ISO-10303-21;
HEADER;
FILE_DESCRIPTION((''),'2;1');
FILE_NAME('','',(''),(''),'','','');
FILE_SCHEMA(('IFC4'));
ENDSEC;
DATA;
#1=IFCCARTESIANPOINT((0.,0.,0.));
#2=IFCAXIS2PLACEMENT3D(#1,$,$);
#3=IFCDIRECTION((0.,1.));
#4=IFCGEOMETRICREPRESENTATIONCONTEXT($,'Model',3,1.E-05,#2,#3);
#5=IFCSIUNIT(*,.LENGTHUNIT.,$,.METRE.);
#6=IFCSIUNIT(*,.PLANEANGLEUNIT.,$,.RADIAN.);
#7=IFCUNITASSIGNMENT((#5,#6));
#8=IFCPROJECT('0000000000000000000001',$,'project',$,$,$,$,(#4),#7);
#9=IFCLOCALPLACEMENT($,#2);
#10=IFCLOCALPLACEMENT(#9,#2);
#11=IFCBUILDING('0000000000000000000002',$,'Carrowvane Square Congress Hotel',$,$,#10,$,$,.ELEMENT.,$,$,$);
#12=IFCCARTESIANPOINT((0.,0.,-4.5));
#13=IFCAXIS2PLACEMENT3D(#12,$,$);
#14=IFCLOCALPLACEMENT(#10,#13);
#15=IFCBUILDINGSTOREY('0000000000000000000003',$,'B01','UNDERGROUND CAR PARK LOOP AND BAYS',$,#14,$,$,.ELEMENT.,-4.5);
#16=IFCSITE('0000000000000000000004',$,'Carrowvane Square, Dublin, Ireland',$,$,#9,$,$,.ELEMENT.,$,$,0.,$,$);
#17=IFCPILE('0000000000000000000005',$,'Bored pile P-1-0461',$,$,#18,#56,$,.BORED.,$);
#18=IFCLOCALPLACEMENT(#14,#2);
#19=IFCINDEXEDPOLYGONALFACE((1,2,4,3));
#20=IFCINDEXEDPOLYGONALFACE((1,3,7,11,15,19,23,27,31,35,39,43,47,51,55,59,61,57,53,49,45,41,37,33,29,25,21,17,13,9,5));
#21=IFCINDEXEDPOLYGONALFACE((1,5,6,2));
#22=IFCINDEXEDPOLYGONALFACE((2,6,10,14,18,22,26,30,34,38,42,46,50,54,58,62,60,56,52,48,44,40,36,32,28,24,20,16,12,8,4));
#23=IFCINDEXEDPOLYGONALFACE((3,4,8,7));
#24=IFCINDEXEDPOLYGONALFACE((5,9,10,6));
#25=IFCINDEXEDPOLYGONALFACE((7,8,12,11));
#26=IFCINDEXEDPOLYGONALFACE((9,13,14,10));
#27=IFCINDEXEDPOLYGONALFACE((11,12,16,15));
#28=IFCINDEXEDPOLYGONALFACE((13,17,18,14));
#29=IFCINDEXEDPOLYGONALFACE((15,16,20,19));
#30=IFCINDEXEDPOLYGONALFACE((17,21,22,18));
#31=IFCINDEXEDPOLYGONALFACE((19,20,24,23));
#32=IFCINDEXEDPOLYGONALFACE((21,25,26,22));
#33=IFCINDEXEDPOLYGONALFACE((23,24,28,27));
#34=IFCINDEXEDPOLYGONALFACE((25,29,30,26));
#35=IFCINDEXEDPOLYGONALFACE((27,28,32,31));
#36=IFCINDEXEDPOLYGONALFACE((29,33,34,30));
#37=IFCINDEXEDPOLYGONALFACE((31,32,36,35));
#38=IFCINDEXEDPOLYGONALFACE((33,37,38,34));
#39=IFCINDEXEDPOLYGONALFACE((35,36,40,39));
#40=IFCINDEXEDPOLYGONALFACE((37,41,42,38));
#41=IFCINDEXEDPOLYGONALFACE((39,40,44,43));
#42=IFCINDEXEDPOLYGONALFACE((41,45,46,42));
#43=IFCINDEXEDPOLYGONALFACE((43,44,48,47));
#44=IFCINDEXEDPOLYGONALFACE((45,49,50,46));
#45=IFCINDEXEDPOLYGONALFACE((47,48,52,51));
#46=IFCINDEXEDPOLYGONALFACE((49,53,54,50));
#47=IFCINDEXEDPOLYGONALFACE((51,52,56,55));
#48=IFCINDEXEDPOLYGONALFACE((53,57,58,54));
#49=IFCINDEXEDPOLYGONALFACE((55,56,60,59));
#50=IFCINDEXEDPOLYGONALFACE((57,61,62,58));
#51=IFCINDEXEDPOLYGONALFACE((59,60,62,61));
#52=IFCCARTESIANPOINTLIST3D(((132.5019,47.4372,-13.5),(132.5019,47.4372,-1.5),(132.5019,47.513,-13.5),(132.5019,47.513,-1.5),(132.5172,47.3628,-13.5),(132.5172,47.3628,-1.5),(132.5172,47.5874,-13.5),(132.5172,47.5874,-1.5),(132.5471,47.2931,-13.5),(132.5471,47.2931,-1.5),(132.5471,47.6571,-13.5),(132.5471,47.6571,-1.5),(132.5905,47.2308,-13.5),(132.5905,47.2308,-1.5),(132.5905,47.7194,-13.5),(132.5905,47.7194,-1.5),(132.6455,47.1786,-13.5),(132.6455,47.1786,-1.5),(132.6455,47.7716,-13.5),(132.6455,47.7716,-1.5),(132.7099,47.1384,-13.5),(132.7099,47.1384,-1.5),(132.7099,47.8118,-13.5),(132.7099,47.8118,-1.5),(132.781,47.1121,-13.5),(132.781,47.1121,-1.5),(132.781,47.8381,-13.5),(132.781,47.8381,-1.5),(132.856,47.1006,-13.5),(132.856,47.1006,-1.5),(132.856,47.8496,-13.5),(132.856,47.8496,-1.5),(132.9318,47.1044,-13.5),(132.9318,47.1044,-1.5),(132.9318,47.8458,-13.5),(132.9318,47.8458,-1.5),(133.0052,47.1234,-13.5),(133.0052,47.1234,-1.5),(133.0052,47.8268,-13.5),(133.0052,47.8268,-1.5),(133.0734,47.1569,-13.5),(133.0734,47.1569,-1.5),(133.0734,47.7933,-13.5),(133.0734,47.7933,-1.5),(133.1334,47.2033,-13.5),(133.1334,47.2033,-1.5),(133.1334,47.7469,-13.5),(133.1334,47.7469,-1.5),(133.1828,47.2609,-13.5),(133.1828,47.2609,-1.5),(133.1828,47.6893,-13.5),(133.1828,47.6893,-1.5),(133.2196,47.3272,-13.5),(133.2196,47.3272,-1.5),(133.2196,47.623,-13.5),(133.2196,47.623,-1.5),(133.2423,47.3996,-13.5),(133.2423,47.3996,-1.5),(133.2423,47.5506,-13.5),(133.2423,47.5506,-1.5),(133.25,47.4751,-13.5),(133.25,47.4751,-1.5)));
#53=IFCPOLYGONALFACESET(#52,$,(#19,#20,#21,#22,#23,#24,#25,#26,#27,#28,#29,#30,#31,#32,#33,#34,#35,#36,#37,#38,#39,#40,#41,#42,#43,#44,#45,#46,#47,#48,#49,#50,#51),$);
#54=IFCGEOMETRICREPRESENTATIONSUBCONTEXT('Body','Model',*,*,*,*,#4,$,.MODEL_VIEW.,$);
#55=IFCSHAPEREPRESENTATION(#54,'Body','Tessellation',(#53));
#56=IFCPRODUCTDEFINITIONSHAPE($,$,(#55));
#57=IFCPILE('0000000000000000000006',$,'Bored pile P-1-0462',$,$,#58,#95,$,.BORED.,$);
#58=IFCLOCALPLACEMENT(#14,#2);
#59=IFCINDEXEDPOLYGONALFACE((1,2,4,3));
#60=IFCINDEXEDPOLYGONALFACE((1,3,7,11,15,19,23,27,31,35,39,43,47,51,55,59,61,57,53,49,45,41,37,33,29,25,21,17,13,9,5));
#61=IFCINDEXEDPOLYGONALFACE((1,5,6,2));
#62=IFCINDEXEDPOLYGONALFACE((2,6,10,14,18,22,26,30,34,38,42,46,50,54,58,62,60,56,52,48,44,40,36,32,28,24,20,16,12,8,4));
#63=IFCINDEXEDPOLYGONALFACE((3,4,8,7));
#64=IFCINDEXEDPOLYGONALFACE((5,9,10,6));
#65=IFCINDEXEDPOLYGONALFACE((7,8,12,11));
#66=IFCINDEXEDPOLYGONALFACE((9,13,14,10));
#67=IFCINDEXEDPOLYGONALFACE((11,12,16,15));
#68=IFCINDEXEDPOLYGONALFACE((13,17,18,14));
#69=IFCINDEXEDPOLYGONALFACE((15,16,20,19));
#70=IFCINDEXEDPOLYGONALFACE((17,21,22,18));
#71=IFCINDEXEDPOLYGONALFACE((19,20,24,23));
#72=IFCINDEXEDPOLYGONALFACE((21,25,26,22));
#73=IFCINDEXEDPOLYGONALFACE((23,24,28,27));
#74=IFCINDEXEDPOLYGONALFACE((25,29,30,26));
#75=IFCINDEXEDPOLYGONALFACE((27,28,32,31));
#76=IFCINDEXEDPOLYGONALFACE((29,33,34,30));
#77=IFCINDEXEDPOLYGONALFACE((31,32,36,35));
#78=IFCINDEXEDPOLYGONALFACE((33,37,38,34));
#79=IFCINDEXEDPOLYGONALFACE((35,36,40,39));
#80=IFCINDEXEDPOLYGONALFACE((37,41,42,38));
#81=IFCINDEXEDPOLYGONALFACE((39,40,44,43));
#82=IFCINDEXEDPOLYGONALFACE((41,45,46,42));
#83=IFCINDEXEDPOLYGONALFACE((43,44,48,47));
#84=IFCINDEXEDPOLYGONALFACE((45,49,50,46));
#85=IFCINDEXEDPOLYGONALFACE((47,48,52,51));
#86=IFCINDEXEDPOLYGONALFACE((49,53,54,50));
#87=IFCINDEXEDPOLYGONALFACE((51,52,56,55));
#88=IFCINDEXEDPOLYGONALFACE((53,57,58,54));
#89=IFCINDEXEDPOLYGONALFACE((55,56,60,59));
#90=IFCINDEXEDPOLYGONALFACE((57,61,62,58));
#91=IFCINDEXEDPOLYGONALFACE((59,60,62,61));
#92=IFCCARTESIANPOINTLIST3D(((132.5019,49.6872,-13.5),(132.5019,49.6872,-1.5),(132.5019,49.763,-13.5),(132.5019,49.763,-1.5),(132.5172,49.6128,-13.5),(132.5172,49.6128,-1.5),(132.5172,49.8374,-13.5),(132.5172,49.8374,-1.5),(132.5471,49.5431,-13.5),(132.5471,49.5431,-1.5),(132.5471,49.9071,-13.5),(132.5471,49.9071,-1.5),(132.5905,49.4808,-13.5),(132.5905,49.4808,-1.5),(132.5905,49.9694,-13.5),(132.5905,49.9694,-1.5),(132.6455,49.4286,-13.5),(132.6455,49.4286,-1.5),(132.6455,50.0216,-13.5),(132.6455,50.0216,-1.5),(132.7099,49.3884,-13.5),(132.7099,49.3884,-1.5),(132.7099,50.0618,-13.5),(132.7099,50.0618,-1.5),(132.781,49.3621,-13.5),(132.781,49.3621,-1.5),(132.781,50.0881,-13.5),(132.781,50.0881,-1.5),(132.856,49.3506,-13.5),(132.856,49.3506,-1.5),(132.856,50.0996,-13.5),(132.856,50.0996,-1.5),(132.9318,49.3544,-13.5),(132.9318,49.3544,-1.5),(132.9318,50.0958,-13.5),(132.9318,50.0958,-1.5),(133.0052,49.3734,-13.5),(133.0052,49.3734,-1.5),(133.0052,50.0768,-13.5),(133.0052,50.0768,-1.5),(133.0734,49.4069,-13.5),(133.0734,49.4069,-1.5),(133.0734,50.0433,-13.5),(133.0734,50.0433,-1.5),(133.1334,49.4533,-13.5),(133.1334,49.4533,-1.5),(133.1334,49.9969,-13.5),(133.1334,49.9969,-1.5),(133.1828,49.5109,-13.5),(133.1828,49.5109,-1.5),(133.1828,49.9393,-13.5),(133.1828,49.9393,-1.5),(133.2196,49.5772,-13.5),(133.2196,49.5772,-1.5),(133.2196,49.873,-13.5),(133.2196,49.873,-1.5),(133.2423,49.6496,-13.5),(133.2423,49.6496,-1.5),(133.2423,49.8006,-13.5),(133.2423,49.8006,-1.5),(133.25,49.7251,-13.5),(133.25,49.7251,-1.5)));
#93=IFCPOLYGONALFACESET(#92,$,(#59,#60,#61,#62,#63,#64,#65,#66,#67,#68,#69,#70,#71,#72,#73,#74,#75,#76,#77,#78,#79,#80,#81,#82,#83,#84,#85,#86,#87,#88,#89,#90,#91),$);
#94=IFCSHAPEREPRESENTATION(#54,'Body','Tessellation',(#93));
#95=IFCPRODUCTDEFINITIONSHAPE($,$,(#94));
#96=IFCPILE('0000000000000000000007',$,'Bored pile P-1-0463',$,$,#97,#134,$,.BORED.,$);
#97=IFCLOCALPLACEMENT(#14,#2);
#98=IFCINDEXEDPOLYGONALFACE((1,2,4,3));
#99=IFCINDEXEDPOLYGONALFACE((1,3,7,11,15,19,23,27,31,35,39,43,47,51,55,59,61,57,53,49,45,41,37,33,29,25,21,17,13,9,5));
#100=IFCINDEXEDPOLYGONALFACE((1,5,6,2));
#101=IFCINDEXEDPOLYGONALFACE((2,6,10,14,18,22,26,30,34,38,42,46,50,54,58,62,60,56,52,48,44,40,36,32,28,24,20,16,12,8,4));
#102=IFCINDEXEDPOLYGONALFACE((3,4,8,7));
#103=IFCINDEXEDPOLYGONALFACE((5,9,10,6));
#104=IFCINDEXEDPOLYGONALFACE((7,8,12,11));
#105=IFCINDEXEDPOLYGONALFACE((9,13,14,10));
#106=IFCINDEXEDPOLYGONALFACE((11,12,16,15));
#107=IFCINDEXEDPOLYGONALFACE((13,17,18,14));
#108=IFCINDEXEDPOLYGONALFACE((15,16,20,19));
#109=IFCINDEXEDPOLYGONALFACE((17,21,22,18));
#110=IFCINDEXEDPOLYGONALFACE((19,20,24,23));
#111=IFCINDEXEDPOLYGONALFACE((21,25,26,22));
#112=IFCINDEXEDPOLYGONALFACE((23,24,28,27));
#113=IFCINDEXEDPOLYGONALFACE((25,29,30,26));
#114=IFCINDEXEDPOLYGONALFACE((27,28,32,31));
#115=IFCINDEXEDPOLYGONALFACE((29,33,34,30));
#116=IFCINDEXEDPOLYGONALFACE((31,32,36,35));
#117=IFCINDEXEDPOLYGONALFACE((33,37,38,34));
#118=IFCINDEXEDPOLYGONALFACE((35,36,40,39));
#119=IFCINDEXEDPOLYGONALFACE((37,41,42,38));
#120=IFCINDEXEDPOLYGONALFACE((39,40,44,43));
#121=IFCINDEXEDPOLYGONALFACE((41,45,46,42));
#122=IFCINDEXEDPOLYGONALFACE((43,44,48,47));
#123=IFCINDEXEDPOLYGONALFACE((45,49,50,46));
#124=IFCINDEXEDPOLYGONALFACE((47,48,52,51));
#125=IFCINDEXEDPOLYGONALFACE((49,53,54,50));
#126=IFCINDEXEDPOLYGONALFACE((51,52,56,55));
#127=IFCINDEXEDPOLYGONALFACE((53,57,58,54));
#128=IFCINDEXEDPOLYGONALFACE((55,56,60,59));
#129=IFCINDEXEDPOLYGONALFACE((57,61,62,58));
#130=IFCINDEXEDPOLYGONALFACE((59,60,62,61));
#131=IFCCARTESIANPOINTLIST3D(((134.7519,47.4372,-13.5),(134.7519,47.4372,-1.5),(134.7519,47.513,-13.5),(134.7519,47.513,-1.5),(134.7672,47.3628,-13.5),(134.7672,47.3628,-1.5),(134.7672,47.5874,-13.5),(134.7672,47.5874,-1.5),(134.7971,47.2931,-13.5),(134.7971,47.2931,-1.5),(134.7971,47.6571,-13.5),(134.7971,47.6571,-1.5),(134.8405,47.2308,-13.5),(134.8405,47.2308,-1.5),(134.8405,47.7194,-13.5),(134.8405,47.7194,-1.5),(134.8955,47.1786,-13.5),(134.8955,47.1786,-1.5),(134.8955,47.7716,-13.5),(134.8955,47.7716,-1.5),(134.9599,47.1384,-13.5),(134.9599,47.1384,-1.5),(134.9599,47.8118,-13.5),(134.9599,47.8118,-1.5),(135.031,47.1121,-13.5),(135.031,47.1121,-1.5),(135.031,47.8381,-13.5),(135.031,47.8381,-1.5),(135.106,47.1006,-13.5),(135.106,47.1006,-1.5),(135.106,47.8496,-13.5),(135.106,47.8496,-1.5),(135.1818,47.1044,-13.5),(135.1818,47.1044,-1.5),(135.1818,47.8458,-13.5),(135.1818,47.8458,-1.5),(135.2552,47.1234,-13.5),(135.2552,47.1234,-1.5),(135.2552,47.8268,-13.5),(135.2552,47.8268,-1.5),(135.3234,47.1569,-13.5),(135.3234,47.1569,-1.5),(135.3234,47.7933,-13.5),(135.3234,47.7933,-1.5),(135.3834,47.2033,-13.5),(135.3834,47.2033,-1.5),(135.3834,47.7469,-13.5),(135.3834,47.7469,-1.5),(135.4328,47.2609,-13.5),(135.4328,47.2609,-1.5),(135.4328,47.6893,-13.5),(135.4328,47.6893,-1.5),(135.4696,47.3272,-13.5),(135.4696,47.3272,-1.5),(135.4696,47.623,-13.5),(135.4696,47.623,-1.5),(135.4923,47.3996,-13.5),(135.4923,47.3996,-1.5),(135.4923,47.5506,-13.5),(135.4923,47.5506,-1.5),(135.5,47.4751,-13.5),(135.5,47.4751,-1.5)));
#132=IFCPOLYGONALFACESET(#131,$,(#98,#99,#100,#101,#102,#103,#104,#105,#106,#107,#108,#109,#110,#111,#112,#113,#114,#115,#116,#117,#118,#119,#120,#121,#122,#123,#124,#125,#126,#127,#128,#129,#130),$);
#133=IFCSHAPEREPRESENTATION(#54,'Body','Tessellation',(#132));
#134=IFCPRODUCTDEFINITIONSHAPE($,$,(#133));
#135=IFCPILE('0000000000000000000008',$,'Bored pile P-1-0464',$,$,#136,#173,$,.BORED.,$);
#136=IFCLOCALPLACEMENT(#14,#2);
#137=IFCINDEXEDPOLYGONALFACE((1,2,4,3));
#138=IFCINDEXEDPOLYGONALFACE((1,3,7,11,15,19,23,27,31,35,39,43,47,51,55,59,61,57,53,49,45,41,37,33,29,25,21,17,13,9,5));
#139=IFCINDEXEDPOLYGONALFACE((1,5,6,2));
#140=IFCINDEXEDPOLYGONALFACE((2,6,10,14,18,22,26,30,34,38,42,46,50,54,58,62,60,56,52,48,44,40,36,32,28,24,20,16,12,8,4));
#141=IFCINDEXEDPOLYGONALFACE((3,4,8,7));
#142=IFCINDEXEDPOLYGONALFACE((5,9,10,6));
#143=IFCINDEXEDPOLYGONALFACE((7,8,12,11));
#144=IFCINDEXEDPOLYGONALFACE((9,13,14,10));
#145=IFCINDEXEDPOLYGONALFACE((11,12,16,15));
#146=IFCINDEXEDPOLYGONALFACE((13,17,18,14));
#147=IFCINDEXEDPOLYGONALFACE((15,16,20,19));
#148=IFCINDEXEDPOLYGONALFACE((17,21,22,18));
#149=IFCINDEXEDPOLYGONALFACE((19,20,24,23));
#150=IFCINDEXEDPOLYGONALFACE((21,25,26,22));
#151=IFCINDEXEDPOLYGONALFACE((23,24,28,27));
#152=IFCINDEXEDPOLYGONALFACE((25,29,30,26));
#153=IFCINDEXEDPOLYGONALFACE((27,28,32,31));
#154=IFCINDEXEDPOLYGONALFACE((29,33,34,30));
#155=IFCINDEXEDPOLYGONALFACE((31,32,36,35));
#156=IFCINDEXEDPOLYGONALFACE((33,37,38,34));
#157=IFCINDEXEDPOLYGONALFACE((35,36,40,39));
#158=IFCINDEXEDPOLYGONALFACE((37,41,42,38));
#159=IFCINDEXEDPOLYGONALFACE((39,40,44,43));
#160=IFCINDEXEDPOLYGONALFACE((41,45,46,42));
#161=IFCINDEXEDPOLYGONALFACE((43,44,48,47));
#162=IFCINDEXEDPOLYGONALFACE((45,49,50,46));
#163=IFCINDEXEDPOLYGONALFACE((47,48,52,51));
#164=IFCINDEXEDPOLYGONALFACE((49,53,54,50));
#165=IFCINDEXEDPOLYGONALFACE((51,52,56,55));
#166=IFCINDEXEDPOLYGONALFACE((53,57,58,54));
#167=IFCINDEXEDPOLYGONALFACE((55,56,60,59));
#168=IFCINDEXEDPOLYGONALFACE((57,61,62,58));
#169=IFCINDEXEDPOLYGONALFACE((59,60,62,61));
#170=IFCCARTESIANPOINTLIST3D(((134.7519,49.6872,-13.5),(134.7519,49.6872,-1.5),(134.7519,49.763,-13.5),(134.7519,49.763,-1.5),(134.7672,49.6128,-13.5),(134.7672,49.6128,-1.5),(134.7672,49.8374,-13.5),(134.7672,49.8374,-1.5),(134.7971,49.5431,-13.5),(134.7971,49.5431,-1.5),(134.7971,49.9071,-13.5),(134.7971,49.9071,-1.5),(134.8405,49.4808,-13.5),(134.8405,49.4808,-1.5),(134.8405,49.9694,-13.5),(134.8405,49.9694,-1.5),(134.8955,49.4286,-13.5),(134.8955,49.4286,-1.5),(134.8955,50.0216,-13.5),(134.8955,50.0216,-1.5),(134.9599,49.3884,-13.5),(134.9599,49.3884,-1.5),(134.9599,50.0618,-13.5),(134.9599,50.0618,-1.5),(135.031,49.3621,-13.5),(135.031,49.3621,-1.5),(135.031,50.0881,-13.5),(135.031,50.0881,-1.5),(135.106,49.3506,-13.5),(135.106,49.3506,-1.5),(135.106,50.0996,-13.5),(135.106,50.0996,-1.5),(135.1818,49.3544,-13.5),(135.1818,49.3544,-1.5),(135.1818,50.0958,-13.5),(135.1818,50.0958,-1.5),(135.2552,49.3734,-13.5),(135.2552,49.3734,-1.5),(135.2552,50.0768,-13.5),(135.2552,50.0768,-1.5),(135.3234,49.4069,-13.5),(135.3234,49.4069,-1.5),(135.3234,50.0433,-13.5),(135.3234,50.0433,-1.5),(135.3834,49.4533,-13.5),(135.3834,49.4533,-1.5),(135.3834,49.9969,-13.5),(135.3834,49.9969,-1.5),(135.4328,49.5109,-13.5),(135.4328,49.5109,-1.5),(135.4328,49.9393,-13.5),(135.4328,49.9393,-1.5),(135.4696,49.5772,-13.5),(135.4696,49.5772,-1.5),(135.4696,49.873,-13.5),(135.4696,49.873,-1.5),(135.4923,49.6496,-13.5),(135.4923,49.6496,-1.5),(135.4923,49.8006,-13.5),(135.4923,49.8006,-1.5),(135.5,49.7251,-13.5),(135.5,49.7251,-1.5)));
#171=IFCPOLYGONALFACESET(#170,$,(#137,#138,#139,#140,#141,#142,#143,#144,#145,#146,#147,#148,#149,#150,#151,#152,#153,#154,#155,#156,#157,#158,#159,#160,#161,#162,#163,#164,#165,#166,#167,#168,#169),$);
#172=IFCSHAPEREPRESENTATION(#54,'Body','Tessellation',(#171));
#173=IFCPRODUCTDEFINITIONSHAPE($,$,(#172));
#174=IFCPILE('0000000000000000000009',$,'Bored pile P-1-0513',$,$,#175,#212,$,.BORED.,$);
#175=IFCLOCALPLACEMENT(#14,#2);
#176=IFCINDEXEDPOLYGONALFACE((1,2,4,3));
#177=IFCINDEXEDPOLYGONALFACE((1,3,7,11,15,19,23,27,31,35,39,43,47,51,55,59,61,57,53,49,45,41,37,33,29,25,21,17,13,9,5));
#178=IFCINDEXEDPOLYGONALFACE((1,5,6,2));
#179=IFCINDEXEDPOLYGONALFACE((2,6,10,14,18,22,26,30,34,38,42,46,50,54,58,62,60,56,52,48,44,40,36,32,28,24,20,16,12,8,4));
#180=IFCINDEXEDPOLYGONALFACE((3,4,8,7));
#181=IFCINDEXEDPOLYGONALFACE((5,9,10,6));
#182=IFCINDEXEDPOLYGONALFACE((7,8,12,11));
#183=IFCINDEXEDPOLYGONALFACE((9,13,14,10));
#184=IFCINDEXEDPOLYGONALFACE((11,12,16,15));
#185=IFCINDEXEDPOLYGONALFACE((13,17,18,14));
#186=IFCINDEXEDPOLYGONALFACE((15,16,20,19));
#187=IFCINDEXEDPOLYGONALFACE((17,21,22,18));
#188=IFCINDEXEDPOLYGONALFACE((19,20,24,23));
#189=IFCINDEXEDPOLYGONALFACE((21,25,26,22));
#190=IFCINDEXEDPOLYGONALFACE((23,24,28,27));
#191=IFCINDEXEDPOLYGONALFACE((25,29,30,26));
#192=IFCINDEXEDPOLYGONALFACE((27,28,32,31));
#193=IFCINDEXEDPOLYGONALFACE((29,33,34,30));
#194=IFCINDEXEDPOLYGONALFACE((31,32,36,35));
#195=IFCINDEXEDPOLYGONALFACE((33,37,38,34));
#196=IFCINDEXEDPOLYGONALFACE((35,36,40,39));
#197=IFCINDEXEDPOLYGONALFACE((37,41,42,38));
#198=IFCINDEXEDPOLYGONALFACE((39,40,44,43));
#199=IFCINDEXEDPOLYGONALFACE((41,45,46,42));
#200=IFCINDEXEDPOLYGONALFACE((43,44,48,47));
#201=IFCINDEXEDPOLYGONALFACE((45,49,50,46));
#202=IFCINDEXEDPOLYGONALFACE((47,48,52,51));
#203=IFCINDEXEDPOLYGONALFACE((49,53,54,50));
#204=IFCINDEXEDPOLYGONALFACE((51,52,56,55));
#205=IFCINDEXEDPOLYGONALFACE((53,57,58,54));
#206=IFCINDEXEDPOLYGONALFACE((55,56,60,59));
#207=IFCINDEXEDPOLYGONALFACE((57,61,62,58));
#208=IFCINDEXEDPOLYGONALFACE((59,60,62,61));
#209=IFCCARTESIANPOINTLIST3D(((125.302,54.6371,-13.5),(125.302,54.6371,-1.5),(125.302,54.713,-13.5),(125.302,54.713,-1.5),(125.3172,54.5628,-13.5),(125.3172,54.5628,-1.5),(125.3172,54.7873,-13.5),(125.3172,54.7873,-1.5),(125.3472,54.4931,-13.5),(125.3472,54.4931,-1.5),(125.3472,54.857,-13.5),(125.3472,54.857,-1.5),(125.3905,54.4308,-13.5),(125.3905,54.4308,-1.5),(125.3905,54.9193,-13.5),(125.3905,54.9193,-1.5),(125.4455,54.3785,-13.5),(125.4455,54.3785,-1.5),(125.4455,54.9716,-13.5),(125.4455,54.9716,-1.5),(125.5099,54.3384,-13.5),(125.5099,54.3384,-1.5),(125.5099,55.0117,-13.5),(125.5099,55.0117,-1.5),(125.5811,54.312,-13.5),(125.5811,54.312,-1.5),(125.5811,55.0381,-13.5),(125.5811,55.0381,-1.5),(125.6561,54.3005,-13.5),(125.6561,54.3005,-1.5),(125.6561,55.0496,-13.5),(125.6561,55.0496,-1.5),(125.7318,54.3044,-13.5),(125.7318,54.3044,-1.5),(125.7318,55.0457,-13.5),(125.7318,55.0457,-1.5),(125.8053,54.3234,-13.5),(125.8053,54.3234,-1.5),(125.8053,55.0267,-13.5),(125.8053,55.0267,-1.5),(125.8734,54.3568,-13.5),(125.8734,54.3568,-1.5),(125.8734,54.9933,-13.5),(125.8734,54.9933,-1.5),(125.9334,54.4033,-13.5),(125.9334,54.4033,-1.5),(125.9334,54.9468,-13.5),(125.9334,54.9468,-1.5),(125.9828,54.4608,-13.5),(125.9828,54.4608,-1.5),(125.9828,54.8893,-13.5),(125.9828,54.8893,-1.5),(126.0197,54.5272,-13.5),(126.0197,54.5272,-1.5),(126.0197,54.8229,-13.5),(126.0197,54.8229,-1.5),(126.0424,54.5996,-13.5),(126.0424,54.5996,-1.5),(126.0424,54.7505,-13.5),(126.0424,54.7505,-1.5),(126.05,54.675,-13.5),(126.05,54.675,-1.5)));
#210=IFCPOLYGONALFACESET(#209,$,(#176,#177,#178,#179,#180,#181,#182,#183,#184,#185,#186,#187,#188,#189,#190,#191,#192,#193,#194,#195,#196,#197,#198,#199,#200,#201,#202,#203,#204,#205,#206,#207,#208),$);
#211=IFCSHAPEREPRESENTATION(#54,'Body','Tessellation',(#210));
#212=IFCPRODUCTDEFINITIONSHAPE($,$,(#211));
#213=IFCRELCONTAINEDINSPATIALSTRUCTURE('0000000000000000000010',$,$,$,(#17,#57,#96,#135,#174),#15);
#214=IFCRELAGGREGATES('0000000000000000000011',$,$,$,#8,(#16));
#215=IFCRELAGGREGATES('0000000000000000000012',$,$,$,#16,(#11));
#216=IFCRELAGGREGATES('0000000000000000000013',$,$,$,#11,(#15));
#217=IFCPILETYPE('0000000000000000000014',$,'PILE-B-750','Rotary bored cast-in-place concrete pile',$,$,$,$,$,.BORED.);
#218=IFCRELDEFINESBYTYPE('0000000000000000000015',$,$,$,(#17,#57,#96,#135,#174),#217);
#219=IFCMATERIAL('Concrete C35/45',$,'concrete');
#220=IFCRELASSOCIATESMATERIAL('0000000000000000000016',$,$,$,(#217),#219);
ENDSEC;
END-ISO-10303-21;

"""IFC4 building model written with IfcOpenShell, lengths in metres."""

from ifc_helpers import new_model, si_unit, direction, frame, origin, origin_2d, place, context, subcontext, project, spatial, circle, extrude, material, material_profile, profile_set, type_object, element, save


model = new_model("IFC4")

# Units and contexts
model_context = context("Model", 3, precision=1e-05, world=origin(), true_north=direction((0.0, 1.0)))
body_context = subcontext(model_context, "Body", "Model", "MODEL_VIEW")
ifc_project = project(units=[si_unit("LENGTHUNIT", "METRE"), si_unit("PLANEANGLEUNIT", "RADIAN")], contexts=[model_context])

# Site, building, storey
site_placement = place(None, origin())
site = spatial("IfcSite", under=ifc_project, at=site_placement, Name="Carrowvane Square, Dublin, Ireland", CompositionType="ELEMENT", RefElevation=0.0)
building_placement = place(site_placement, origin())
building = spatial("IfcBuilding", under=site, at=building_placement, Name="Carrowvane Square Congress Hotel", CompositionType="ELEMENT")
storey_placement = place(building_placement, frame((0.0, 0.0, -4.5)))
storey = spatial("IfcBuildingStorey", under=building, at=storey_placement, Name="B01", Description="UNDERGROUND CAR PARK LOOP AND BAYS", CompositionType="ELEMENT", Elevation=-4.5)

# Piles
ifc_material_1 = material(Name="Concrete C35/45", Category="concrete")
ifc_material_profile_1 = material_profile(ifc_material_1, circle(Radius=0.375, at=origin_2d()), Name="PILE D750")
ifc_profile_set_1 = profile_set([ifc_material_profile_1], Name="Concrete C35/45")
pile_type_1 = type_object("IfcPileType", Name="PILE-B-750", Description="Rotary bored cast-in-place concrete pile", PredefinedType="BORED", material=ifc_profile_set_1)
for number, where, z_axis, x_axis, name in (
    (1, (132.875, 47.4751, -1.5), (0.0, 0.0, -1.0), (1.0, 0.0, 0.0), "Bored pile P-1-0461"),
    (2, (132.875, 49.7251, -1.5), (0.0, 0.0, -1.0), (1.0, 0.0, 0.0), "Bored pile P-1-0462"),
    (3, (135.125, 47.4751, -1.5), (0.0, 0.0, -1.0), (1.0, 0.0, 0.0), "Bored pile P-1-0463"),
    (4, (135.125, 49.7251, -1.5), (0.0, 0.0, -1.0), (1.0, 0.0, 0.0), "Bored pile P-1-0464"),
    (5, (125.675, 54.675, -1.5), (0.0, 0.0, -1.0), (1.0, 0.0, 0.0), "Bored pile P-1-0513"),
):
    element("IfcPile", number, at=place(storey_placement, frame(where, z_axis=z_axis, x_axis=x_axis)), inside=storey, type_object=pile_type_1, Name=name, PredefinedType="BORED", context=body_context, shape_type="SweptSolid", body=[
        extrude(circle(Radius=0.375, at=origin_2d()), origin(), (0.0, 0.0, 1.0), 12.0),
    ])

save(model, "model.ifc")
